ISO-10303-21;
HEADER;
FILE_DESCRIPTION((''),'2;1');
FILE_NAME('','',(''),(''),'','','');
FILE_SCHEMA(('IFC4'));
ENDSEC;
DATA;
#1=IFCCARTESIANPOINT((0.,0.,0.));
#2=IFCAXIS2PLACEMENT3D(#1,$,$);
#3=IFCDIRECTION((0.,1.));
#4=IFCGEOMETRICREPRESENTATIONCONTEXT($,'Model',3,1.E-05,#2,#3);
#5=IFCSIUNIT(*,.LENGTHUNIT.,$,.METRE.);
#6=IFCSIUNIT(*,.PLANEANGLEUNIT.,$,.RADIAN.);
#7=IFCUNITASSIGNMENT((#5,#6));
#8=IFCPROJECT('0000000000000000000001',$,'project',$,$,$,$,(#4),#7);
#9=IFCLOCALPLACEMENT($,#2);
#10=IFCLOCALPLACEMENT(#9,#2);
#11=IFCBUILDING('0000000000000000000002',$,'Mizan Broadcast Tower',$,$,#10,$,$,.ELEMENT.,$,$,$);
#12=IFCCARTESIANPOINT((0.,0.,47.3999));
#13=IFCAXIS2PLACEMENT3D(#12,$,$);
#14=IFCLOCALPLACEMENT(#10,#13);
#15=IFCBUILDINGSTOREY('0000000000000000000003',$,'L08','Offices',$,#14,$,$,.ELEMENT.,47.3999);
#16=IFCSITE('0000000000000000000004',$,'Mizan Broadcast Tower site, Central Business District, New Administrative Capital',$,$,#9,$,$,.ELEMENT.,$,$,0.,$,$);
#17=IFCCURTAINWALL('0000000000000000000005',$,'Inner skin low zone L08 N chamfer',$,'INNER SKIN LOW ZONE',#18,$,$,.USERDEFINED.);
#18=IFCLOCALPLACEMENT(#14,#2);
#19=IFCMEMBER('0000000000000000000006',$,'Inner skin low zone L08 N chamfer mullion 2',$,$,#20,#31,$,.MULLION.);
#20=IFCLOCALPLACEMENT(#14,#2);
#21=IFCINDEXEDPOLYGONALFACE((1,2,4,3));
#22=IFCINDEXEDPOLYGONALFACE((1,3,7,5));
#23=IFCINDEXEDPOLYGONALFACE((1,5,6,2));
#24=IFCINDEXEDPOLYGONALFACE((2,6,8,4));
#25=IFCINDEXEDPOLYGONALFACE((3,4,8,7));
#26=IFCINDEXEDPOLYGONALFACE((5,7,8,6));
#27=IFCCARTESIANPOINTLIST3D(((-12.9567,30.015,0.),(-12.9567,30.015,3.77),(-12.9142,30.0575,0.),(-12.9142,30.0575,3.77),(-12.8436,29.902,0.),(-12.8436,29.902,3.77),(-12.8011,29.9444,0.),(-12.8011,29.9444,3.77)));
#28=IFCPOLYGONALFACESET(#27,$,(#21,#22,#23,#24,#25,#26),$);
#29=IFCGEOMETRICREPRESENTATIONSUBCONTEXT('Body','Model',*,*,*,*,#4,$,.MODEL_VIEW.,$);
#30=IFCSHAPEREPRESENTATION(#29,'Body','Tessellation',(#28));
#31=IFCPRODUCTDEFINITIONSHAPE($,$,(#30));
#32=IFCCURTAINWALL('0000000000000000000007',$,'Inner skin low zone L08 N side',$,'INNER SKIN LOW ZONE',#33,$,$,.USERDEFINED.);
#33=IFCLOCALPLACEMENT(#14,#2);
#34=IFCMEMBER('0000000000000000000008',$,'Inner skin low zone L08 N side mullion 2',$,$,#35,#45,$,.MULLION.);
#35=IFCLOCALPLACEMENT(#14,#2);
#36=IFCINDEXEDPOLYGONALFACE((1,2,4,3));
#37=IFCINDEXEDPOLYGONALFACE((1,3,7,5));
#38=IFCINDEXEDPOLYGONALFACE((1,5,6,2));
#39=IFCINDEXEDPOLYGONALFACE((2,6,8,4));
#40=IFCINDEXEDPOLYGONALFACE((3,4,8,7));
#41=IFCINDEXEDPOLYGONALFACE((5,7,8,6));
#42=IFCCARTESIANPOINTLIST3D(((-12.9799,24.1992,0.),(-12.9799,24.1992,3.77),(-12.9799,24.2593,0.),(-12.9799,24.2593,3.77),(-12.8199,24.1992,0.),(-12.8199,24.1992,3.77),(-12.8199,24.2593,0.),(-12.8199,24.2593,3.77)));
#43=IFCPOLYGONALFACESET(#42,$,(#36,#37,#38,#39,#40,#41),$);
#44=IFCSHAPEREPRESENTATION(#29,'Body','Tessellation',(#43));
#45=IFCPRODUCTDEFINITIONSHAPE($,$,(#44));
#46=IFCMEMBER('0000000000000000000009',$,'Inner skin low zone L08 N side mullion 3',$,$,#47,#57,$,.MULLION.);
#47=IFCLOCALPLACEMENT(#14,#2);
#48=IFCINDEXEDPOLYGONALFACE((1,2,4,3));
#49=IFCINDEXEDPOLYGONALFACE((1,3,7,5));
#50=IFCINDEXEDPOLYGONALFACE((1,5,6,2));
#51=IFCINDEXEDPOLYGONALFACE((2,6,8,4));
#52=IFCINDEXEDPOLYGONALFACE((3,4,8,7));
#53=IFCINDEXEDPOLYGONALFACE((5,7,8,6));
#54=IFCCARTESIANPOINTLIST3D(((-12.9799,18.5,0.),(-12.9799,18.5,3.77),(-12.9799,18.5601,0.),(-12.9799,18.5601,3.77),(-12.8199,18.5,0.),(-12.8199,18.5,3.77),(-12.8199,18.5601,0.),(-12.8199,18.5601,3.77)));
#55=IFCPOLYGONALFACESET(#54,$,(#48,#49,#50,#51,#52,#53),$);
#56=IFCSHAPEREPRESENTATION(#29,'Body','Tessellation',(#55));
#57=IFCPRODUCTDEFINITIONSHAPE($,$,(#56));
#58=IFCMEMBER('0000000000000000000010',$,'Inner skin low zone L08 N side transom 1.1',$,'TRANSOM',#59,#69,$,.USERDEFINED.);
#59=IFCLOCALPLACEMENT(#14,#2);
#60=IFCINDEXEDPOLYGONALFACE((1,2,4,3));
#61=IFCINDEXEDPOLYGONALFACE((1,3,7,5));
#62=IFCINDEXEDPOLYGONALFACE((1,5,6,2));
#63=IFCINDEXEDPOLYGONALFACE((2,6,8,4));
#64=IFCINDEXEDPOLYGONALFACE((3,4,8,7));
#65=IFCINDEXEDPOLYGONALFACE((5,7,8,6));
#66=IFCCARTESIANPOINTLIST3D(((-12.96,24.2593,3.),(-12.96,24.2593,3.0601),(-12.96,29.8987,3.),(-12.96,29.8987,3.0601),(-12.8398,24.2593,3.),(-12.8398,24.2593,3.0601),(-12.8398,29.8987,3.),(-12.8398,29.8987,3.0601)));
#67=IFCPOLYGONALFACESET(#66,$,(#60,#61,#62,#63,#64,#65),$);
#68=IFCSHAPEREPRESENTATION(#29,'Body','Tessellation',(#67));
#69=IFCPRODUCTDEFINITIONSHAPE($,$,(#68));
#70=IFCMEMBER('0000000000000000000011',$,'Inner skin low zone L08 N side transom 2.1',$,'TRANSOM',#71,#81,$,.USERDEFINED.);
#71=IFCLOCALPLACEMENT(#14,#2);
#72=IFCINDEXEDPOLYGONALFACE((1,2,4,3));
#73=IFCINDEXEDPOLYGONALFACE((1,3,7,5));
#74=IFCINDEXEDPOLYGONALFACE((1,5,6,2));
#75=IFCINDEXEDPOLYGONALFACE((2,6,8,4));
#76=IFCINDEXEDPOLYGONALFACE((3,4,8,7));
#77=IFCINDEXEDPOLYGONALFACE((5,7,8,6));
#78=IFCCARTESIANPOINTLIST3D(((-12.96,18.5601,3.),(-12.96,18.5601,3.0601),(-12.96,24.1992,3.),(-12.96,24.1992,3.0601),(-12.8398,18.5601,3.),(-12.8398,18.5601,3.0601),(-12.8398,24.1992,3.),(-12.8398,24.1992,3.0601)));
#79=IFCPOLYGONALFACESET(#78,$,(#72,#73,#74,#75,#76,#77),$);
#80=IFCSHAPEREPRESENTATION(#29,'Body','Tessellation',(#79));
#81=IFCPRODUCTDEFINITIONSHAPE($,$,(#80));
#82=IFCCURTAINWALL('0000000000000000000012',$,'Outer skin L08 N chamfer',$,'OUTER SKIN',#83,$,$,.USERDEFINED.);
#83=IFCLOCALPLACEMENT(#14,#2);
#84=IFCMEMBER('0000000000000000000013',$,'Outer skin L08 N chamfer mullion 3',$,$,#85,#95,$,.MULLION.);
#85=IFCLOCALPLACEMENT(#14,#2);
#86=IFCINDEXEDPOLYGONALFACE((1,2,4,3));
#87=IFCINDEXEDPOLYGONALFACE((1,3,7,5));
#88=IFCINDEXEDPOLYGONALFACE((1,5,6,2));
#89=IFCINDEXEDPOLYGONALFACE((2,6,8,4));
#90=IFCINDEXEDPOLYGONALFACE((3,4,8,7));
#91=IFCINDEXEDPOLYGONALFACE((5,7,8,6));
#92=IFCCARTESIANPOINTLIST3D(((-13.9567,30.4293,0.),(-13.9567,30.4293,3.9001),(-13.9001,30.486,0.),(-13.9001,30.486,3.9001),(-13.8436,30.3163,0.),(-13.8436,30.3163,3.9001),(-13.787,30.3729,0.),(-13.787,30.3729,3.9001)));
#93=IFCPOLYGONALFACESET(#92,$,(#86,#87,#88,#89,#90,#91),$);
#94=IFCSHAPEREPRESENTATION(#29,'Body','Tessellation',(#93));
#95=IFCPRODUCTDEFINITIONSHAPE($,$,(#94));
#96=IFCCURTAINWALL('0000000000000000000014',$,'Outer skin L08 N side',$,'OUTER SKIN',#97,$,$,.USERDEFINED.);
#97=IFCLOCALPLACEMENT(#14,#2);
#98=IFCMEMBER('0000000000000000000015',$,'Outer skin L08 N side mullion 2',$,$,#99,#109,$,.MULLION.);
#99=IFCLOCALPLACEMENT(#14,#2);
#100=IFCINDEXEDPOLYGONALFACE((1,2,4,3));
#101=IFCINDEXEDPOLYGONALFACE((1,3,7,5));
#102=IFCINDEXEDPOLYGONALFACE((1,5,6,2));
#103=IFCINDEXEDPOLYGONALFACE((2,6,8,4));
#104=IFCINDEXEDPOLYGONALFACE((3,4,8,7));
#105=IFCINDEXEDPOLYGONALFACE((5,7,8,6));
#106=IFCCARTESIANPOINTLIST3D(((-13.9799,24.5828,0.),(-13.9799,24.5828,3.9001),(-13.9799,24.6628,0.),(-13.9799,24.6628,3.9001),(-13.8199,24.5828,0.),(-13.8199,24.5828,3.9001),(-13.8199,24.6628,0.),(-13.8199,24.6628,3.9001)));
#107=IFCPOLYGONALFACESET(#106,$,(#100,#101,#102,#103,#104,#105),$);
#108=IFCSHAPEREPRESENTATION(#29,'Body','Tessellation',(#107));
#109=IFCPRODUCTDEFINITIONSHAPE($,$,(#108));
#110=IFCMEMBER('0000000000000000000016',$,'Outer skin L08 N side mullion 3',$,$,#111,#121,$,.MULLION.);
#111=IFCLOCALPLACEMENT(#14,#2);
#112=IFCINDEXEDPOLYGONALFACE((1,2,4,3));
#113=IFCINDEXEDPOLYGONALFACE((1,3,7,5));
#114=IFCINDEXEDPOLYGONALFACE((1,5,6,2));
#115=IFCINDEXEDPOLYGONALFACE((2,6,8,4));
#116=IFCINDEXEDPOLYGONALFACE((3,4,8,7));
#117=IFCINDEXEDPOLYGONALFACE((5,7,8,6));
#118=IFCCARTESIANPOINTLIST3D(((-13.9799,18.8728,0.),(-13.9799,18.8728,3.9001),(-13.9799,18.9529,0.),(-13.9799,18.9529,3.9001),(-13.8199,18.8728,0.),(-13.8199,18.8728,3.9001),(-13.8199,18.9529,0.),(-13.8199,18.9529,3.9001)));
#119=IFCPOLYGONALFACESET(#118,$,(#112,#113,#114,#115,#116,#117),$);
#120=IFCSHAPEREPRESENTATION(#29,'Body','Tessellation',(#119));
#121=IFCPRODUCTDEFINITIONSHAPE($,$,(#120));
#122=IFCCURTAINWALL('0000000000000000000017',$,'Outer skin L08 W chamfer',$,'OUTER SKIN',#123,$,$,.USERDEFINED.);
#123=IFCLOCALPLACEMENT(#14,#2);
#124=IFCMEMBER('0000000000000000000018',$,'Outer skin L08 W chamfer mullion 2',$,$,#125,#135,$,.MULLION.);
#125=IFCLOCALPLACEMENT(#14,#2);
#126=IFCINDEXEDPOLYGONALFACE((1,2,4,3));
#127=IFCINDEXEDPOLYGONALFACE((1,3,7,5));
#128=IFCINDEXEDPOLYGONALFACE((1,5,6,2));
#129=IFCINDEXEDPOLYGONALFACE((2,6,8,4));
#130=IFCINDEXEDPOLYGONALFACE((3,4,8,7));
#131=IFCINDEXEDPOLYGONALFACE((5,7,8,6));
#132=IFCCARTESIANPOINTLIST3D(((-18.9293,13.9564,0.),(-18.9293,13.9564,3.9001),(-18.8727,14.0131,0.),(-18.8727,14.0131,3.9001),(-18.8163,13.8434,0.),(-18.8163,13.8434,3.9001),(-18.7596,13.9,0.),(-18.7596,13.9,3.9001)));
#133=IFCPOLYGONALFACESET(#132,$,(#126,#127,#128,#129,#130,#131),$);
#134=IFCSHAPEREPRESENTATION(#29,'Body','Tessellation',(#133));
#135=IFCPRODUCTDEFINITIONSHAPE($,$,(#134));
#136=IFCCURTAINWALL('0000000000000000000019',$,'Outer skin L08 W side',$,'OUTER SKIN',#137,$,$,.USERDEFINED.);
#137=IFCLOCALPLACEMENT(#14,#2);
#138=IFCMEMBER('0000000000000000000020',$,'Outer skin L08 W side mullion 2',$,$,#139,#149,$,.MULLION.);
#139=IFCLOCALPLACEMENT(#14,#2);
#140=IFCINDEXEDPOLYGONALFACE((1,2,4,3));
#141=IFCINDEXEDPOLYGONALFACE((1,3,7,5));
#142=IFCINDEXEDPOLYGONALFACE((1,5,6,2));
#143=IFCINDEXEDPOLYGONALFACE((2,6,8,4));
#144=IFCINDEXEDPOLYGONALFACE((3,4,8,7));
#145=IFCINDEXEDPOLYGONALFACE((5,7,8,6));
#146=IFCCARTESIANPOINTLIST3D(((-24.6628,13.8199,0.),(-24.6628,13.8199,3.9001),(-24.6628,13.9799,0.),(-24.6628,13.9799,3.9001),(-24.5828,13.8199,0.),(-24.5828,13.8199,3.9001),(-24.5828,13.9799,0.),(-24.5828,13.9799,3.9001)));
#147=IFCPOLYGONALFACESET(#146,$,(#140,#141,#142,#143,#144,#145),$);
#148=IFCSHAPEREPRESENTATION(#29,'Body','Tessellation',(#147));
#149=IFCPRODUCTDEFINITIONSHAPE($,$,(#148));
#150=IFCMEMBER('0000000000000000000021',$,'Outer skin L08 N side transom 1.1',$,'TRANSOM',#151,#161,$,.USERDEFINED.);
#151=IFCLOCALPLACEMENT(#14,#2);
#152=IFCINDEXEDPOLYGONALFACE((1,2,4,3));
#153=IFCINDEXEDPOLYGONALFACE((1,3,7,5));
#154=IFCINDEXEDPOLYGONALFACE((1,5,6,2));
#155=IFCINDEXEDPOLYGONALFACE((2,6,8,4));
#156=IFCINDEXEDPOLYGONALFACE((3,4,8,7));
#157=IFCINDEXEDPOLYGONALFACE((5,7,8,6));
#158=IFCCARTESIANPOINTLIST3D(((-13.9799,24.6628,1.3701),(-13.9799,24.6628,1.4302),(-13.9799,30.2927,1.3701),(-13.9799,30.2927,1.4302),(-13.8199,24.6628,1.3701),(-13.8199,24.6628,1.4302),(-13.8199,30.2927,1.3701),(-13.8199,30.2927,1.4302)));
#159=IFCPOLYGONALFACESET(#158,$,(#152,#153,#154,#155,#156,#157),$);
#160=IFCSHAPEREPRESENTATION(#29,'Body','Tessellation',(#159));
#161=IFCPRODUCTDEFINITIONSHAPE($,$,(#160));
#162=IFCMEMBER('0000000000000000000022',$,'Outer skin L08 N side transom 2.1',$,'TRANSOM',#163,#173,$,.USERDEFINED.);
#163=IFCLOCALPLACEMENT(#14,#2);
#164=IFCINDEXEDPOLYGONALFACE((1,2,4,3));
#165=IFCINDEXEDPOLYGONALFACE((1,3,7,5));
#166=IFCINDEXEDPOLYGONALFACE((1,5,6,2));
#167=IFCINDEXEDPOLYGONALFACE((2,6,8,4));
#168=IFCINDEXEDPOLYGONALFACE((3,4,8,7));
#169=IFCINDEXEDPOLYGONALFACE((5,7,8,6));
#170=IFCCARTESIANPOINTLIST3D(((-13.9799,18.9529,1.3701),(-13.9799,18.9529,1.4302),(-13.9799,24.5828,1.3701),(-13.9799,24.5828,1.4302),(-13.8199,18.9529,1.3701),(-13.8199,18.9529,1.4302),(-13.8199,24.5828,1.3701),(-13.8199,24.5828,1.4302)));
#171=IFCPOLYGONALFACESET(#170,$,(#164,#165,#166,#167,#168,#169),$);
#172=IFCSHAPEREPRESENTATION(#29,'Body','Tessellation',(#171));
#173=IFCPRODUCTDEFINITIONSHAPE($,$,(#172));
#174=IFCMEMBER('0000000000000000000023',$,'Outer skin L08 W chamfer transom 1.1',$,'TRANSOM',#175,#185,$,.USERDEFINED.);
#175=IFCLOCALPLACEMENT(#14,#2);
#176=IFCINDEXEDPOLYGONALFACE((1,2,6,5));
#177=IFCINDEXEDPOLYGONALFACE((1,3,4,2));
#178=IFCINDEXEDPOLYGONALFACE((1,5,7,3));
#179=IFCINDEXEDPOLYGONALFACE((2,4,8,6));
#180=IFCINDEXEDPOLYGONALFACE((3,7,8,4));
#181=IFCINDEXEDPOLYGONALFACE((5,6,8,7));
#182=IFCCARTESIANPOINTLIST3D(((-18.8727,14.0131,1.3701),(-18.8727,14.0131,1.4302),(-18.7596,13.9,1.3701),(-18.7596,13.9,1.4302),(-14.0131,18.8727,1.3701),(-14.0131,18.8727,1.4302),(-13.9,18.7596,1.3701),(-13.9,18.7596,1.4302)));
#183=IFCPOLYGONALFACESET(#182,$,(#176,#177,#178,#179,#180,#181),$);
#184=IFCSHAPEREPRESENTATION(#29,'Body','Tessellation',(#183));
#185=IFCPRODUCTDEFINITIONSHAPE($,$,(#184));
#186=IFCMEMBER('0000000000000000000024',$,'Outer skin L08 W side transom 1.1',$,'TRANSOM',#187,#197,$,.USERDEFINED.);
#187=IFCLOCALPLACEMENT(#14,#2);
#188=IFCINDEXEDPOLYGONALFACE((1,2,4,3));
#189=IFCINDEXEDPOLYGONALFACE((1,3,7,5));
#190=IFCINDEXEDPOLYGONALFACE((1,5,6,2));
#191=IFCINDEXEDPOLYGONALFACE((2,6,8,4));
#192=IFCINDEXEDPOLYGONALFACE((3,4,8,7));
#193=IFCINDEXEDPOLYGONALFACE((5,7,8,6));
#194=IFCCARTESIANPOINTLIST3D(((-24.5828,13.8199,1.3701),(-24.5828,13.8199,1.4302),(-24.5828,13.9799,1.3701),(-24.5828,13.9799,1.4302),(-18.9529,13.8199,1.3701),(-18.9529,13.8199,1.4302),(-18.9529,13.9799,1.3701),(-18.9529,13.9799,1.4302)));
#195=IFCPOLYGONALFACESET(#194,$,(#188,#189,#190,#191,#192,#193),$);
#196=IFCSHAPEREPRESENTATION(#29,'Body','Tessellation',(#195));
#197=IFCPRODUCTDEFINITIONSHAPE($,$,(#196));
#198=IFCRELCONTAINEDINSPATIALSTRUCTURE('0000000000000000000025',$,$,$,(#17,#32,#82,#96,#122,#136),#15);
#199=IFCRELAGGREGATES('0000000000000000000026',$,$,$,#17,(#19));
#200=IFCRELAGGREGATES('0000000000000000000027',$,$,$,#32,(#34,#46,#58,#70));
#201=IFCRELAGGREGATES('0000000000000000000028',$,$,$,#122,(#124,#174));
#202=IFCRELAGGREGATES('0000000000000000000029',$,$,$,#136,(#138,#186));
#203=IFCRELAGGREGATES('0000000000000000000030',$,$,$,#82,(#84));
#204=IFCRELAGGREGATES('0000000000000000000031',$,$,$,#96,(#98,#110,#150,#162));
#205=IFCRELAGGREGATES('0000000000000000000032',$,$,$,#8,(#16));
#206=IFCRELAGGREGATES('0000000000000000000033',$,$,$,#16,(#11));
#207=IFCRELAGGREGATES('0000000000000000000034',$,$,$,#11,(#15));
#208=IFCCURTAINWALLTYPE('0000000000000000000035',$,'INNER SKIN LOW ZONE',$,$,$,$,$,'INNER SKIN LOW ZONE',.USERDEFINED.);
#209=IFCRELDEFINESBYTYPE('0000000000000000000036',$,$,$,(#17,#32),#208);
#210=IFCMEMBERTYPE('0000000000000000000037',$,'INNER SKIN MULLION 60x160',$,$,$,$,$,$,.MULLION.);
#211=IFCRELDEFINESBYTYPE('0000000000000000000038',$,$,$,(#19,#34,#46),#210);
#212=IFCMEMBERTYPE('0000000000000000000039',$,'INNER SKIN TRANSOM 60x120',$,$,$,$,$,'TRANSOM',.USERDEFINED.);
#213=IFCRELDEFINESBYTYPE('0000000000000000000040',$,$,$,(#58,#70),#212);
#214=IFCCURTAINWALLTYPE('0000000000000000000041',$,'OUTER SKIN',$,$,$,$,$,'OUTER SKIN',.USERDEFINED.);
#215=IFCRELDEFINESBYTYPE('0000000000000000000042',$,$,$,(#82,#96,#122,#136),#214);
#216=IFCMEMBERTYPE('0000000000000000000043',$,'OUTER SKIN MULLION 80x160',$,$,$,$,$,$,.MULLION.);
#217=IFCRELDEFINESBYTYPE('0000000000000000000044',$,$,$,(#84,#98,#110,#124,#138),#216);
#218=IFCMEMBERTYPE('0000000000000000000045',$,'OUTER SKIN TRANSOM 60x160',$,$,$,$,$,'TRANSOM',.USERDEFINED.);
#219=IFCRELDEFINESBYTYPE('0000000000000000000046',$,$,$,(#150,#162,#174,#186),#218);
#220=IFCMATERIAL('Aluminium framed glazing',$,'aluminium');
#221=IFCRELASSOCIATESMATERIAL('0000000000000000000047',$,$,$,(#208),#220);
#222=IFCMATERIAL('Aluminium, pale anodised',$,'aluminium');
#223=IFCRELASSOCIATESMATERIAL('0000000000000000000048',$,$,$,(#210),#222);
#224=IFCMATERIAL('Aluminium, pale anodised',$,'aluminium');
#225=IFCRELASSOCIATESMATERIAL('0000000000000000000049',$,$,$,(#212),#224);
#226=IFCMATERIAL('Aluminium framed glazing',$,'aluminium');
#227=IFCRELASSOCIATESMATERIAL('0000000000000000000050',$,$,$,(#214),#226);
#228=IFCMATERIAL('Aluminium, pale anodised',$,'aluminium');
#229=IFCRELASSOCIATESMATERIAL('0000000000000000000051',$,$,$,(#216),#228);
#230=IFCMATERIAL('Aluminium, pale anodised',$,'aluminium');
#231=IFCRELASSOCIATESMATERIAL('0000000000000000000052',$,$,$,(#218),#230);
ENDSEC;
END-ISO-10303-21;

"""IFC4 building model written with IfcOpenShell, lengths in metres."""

from ifc_helpers import new_model, si_unit, direction, frame, origin, origin_2d, place, context, subcontext, project, spatial, rectangle, extrude, material, material_profile, profile_set, type_object, element, aggregate, save


model = new_model("IFC4")

# Units and contexts
model_context = context("Model", 3, precision=1e-05, world=origin(), true_north=direction((0.0, 1.0)))
body_context = subcontext(model_context, "Body", "Model", "MODEL_VIEW")
ifc_project = project(units=[si_unit("LENGTHUNIT", "METRE"), si_unit("PLANEANGLEUNIT", "RADIAN")], contexts=[model_context])

# Site, building, storey
site_placement = place(None, origin())
site = spatial("IfcSite", under=ifc_project, at=site_placement, Name="Mizan Broadcast Tower site, Central Business District, New Administrative Capital", CompositionType="ELEMENT", RefElevation=0.0)
building_placement = place(site_placement, origin())
building = spatial("IfcBuilding", under=site, at=building_placement, Name="Mizan Broadcast Tower", CompositionType="ELEMENT")
storey_placement = place(building_placement, frame((0.0, 0.0, 47.3999)))
storey = spatial("IfcBuildingStorey", under=building, at=storey_placement, Name="L08", Description="Offices", CompositionType="ELEMENT", Elevation=47.3999)

# Curtain wall, member
ifc_material_1 = material(Name="Aluminium framed glazing", Category="aluminium")
curtain_wall_type_1 = type_object("IfcCurtainWallType", Name="INNER SKIN LOW ZONE", ElementType="INNER SKIN LOW ZONE", PredefinedType="USERDEFINED", material=ifc_material_1)
curtain_wall_1_placement = place(storey_placement, origin())
curtain_wall_1 = element("IfcCurtainWall", 1, at=curtain_wall_1_placement, inside=storey, type_object=curtain_wall_type_1, Name="Inner skin low zone L08 N chamfer", ObjectType="INNER SKIN LOW ZONE", PredefinedType="USERDEFINED")
ifc_material_2 = material(Name="Aluminium, pale anodised", Category="aluminium")
ifc_material_profile_1 = material_profile(ifc_material_2, rectangle(XDim=0.1599, YDim=0.0601, at=origin_2d()), Name="MULLION 160x60")
ifc_profile_set_1 = profile_set([ifc_material_profile_1], Name="Aluminium, pale anodised")
member_type_1 = type_object("IfcMemberType", Name="INNER SKIN MULLION 60x160", PredefinedType="MULLION", material=ifc_profile_set_1)
member_1_placement = place(storey_placement, frame((-12.8789, 29.9797, 0.0), z_axis=(0.0, 0.0, 1.0), x_axis=(0.707107, -0.707107, 0.0)))
member_1 = element("IfcMember", 2, at=member_1_placement, type_object=member_type_1, Name="Inner skin low zone L08 N chamfer mullion 2", PredefinedType="MULLION", context=body_context, shape_type="SweptSolid", body=[
    extrude(rectangle(XDim=0.1599, YDim=0.0601, at=origin_2d()), origin(), (0.0, 0.0, 1.0), 3.77),
])
aggregate(curtain_wall_1, [member_1])

# Curtain wall, members
curtain_wall_2_placement = place(storey_placement, origin())
curtain_wall_2 = element("IfcCurtainWall", 3, at=curtain_wall_2_placement, inside=storey, type_object=curtain_wall_type_1, Name="Inner skin low zone L08 N side", ObjectType="INNER SKIN LOW ZONE", PredefinedType="USERDEFINED")
member_2_placement = place(storey_placement, frame((-12.8999, 24.2292, 0.0), z_axis=(0.0, 0.0, 1.0), x_axis=(1.0, 0.0, 0.0)))
member_2 = element("IfcMember", 4, at=member_2_placement, type_object=member_type_1, Name="Inner skin low zone L08 N side mullion 2", PredefinedType="MULLION", context=body_context, shape_type="SweptSolid", body=[
    extrude(rectangle(XDim=0.1599, YDim=0.0601, at=origin_2d()), origin(), (0.0, 0.0, 1.0), 3.77),
])
member_3_placement = place(storey_placement, frame((-12.8999, 18.53, 0.0), z_axis=(0.0, 0.0, 1.0), x_axis=(1.0, 0.0, 0.0)))
member_3 = element("IfcMember", 5, at=member_3_placement, type_object=member_type_1, Name="Inner skin low zone L08 N side mullion 3", PredefinedType="MULLION", context=body_context, shape_type="SweptSolid", body=[
    extrude(rectangle(XDim=0.1599, YDim=0.0601, at=origin_2d()), origin(), (0.0, 0.0, 1.0), 3.77),
])
ifc_material_3 = material(Name="Aluminium, pale anodised", Category="aluminium")
ifc_material_profile_2 = material_profile(ifc_material_3, rectangle(XDim=0.1201, YDim=0.0601, at=origin_2d()), Name="TRANSOM 120x60")
ifc_profile_set_2 = profile_set([ifc_material_profile_2], Name="Aluminium, pale anodised")
member_type_2 = type_object("IfcMemberType", Name="INNER SKIN TRANSOM 60x120", ElementType="TRANSOM", PredefinedType="USERDEFINED", material=ifc_profile_set_2)
member_4_placement = place(storey_placement, frame((-12.8999, 29.8987, 3.03), z_axis=(0.0, -1.0, 0.0), x_axis=(1.0, 0.0, 0.0)))
member_4 = element("IfcMember", 6, at=member_4_placement, type_object=member_type_2, Name="Inner skin low zone L08 N side transom 1.1", ObjectType="TRANSOM", PredefinedType="USERDEFINED", context=body_context, shape_type="SweptSolid", body=[
    extrude(rectangle(XDim=0.1201, YDim=0.0601, at=origin_2d()), origin(), (0.0, 0.0, 1.0), 5.6394),
])
member_5_placement = place(storey_placement, frame((-12.8999, 24.1992, 3.03), z_axis=(0.0, -1.0, 0.0), x_axis=(1.0, 0.0, 0.0)))
member_5 = element("IfcMember", 7, at=member_5_placement, type_object=member_type_2, Name="Inner skin low zone L08 N side transom 2.1", ObjectType="TRANSOM", PredefinedType="USERDEFINED", context=body_context, shape_type="SweptSolid", body=[
    extrude(rectangle(XDim=0.1201, YDim=0.0601, at=origin_2d()), origin(), (0.0, 0.0, 1.0), 5.6392),
])

# Curtain wall, member
ifc_material_4 = material(Name="Aluminium framed glazing", Category="aluminium")
curtain_wall_type_2 = type_object("IfcCurtainWallType", Name="OUTER SKIN", ElementType="OUTER SKIN", PredefinedType="USERDEFINED", material=ifc_material_4)
curtain_wall_3_placement = place(storey_placement, origin())
curtain_wall_3 = element("IfcCurtainWall", 8, at=curtain_wall_3_placement, inside=storey, type_object=curtain_wall_type_2, Name="Outer skin L08 N chamfer", ObjectType="OUTER SKIN", PredefinedType="USERDEFINED")
ifc_material_5 = material(Name="Aluminium, pale anodised", Category="aluminium")
ifc_material_profile_3 = material_profile(ifc_material_5, rectangle(XDim=0.1599, YDim=0.0801, at=origin_2d()), Name="MULLION 160x80")
ifc_profile_set_3 = profile_set([ifc_material_profile_3], Name="Aluminium, pale anodised")
member_type_3 = type_object("IfcMemberType", Name="OUTER SKIN MULLION 80x160", PredefinedType="MULLION", material=ifc_profile_set_3)
member_6_placement = place(storey_placement, frame((-13.8718, 30.4011, 0.0), z_axis=(0.0, 0.0, 1.0), x_axis=(0.707107, -0.707107, 0.0)))
member_6 = element("IfcMember", 9, at=member_6_placement, type_object=member_type_3, Name="Outer skin L08 N chamfer mullion 3", PredefinedType="MULLION", context=body_context, shape_type="SweptSolid", body=[
    extrude(rectangle(XDim=0.1599, YDim=0.0801, at=origin_2d()), origin(), (0.0, 0.0, 1.0), 3.9001),
])

# Curtain wall, members
curtain_wall_4_placement = place(storey_placement, origin())
curtain_wall_4 = element("IfcCurtainWall", 10, at=curtain_wall_4_placement, inside=storey, type_object=curtain_wall_type_2, Name="Outer skin L08 N side", ObjectType="OUTER SKIN", PredefinedType="USERDEFINED")
member_7_placement = place(storey_placement, frame((-13.8999, 24.6228, 0.0), z_axis=(0.0, 0.0, 1.0), x_axis=(1.0, 0.0, 0.0)))
member_7 = element("IfcMember", 11, at=member_7_placement, type_object=member_type_3, Name="Outer skin L08 N side mullion 2", PredefinedType="MULLION", context=body_context, shape_type="SweptSolid", body=[
    extrude(rectangle(XDim=0.1599, YDim=0.0801, at=origin_2d()), origin(), (0.0, 0.0, 1.0), 3.9001),
])
member_8_placement = place(storey_placement, frame((-13.8999, 18.9128, 0.0), z_axis=(0.0, 0.0, 1.0), x_axis=(1.0, 0.0, 0.0)))
member_8 = element("IfcMember", 12, at=member_8_placement, type_object=member_type_3, Name="Outer skin L08 N side mullion 3", PredefinedType="MULLION", context=body_context, shape_type="SweptSolid", body=[
    extrude(rectangle(XDim=0.1599, YDim=0.0801, at=origin_2d()), origin(), (0.0, 0.0, 1.0), 3.9001),
])

# Curtain walls, members
curtain_wall_5_placement = place(storey_placement, origin())
curtain_wall_5 = element("IfcCurtainWall", 13, at=curtain_wall_5_placement, inside=storey, type_object=curtain_wall_type_2, Name="Outer skin L08 W chamfer", ObjectType="OUTER SKIN", PredefinedType="USERDEFINED")
member_9_placement = place(storey_placement, frame((-18.8445, 13.9282, 0.0), z_axis=(0.0, 0.0, 1.0), x_axis=(0.707107, -0.707107, 0.0)))
member_9 = element("IfcMember", 14, at=member_9_placement, type_object=member_type_3, Name="Outer skin L08 W chamfer mullion 2", PredefinedType="MULLION", context=body_context, shape_type="SweptSolid", body=[
    extrude(rectangle(XDim=0.1599, YDim=0.0801, at=origin_2d()), origin(), (0.0, 0.0, 1.0), 3.9001),
])
curtain_wall_6_placement = place(storey_placement, origin())
curtain_wall_6 = element("IfcCurtainWall", 15, at=curtain_wall_6_placement, inside=storey, type_object=curtain_wall_type_2, Name="Outer skin L08 W side", ObjectType="OUTER SKIN", PredefinedType="USERDEFINED")
member_10_placement = place(storey_placement, frame((-24.6228, 13.8999, 0.0), z_axis=(0.0, 0.0, 1.0), x_axis=(0.0, -1.0, 0.0)))
member_10 = element("IfcMember", 16, at=member_10_placement, type_object=member_type_3, Name="Outer skin L08 W side mullion 2", PredefinedType="MULLION", context=body_context, shape_type="SweptSolid", body=[
    extrude(rectangle(XDim=0.1599, YDim=0.0801, at=origin_2d()), origin(), (0.0, 0.0, 1.0), 3.9001),
])

# Members
ifc_material_6 = material(Name="Aluminium, pale anodised", Category="aluminium")
ifc_material_profile_4 = material_profile(ifc_material_6, rectangle(XDim=0.1599, YDim=0.0601, at=origin_2d()), Name="TRANSOM 160x60")
ifc_profile_set_4 = profile_set([ifc_material_profile_4], Name="Aluminium, pale anodised")
member_type_4 = type_object("IfcMemberType", Name="OUTER SKIN TRANSOM 60x160", ElementType="TRANSOM", PredefinedType="USERDEFINED", material=ifc_profile_set_4)
member_11_placement = place(storey_placement, frame((-13.8999, 30.2927, 1.4001), z_axis=(0.0, -1.0, 0.0), x_axis=(1.0, 0.0, 0.0)))
member_11 = element("IfcMember", 17, at=member_11_placement, type_object=member_type_4, Name="Outer skin L08 N side transom 1.1", ObjectType="TRANSOM", PredefinedType="USERDEFINED", context=body_context, shape_type="SweptSolid", body=[
    extrude(rectangle(XDim=0.1599, YDim=0.0601, at=origin_2d()), origin(), (0.0, 0.0, 1.0), 5.6299),
])
member_12_placement = place(storey_placement, frame((-13.8999, 24.5828, 1.4001), z_axis=(0.0, -1.0, 0.0), x_axis=(1.0, 0.0, 0.0)))
member_12 = element("IfcMember", 18, at=member_12_placement, type_object=member_type_4, Name="Outer skin L08 N side transom 2.1", ObjectType="TRANSOM", PredefinedType="USERDEFINED", context=body_context, shape_type="SweptSolid", body=[
    extrude(rectangle(XDim=0.1599, YDim=0.0601, at=origin_2d()), origin(), (0.0, 0.0, 1.0), 5.6299),
])
member_13_placement = place(storey_placement, frame((-13.9565, 18.8162, 1.4001), z_axis=(-0.707107, -0.707107, 0.0), x_axis=(0.707107, -0.707107, 0.0)))
member_13 = element("IfcMember", 19, at=member_13_placement, type_object=member_type_4, Name="Outer skin L08 W chamfer transom 1.1", ObjectType="TRANSOM", PredefinedType="USERDEFINED", context=body_context, shape_type="SweptSolid", body=[
    extrude(rectangle(XDim=0.1599, YDim=0.0601, at=origin_2d()), origin(), (0.0, 0.0, 1.0), 6.8726),
])
member_14_placement = place(storey_placement, frame((-18.9529, 13.8999, 1.4001), z_axis=(-1.0, 0.0, 0.0), x_axis=(0.0, -1.0, 0.0)))
member_14 = element("IfcMember", 20, at=member_14_placement, type_object=member_type_4, Name="Outer skin L08 W side transom 1.1", ObjectType="TRANSOM", PredefinedType="USERDEFINED", context=body_context, shape_type="SweptSolid", body=[
    extrude(rectangle(XDim=0.1599, YDim=0.0601, at=origin_2d()), origin(), (0.0, 0.0, 1.0), 5.6299),
])

aggregate(curtain_wall_2, [member_2, member_3, member_4, member_5])
aggregate(curtain_wall_5, [member_9, member_13])
aggregate(curtain_wall_6, [member_10, member_14])
aggregate(curtain_wall_3, [member_6])
aggregate(curtain_wall_4, [member_7, member_8, member_11, member_12])

save(model, "model.ifc")
